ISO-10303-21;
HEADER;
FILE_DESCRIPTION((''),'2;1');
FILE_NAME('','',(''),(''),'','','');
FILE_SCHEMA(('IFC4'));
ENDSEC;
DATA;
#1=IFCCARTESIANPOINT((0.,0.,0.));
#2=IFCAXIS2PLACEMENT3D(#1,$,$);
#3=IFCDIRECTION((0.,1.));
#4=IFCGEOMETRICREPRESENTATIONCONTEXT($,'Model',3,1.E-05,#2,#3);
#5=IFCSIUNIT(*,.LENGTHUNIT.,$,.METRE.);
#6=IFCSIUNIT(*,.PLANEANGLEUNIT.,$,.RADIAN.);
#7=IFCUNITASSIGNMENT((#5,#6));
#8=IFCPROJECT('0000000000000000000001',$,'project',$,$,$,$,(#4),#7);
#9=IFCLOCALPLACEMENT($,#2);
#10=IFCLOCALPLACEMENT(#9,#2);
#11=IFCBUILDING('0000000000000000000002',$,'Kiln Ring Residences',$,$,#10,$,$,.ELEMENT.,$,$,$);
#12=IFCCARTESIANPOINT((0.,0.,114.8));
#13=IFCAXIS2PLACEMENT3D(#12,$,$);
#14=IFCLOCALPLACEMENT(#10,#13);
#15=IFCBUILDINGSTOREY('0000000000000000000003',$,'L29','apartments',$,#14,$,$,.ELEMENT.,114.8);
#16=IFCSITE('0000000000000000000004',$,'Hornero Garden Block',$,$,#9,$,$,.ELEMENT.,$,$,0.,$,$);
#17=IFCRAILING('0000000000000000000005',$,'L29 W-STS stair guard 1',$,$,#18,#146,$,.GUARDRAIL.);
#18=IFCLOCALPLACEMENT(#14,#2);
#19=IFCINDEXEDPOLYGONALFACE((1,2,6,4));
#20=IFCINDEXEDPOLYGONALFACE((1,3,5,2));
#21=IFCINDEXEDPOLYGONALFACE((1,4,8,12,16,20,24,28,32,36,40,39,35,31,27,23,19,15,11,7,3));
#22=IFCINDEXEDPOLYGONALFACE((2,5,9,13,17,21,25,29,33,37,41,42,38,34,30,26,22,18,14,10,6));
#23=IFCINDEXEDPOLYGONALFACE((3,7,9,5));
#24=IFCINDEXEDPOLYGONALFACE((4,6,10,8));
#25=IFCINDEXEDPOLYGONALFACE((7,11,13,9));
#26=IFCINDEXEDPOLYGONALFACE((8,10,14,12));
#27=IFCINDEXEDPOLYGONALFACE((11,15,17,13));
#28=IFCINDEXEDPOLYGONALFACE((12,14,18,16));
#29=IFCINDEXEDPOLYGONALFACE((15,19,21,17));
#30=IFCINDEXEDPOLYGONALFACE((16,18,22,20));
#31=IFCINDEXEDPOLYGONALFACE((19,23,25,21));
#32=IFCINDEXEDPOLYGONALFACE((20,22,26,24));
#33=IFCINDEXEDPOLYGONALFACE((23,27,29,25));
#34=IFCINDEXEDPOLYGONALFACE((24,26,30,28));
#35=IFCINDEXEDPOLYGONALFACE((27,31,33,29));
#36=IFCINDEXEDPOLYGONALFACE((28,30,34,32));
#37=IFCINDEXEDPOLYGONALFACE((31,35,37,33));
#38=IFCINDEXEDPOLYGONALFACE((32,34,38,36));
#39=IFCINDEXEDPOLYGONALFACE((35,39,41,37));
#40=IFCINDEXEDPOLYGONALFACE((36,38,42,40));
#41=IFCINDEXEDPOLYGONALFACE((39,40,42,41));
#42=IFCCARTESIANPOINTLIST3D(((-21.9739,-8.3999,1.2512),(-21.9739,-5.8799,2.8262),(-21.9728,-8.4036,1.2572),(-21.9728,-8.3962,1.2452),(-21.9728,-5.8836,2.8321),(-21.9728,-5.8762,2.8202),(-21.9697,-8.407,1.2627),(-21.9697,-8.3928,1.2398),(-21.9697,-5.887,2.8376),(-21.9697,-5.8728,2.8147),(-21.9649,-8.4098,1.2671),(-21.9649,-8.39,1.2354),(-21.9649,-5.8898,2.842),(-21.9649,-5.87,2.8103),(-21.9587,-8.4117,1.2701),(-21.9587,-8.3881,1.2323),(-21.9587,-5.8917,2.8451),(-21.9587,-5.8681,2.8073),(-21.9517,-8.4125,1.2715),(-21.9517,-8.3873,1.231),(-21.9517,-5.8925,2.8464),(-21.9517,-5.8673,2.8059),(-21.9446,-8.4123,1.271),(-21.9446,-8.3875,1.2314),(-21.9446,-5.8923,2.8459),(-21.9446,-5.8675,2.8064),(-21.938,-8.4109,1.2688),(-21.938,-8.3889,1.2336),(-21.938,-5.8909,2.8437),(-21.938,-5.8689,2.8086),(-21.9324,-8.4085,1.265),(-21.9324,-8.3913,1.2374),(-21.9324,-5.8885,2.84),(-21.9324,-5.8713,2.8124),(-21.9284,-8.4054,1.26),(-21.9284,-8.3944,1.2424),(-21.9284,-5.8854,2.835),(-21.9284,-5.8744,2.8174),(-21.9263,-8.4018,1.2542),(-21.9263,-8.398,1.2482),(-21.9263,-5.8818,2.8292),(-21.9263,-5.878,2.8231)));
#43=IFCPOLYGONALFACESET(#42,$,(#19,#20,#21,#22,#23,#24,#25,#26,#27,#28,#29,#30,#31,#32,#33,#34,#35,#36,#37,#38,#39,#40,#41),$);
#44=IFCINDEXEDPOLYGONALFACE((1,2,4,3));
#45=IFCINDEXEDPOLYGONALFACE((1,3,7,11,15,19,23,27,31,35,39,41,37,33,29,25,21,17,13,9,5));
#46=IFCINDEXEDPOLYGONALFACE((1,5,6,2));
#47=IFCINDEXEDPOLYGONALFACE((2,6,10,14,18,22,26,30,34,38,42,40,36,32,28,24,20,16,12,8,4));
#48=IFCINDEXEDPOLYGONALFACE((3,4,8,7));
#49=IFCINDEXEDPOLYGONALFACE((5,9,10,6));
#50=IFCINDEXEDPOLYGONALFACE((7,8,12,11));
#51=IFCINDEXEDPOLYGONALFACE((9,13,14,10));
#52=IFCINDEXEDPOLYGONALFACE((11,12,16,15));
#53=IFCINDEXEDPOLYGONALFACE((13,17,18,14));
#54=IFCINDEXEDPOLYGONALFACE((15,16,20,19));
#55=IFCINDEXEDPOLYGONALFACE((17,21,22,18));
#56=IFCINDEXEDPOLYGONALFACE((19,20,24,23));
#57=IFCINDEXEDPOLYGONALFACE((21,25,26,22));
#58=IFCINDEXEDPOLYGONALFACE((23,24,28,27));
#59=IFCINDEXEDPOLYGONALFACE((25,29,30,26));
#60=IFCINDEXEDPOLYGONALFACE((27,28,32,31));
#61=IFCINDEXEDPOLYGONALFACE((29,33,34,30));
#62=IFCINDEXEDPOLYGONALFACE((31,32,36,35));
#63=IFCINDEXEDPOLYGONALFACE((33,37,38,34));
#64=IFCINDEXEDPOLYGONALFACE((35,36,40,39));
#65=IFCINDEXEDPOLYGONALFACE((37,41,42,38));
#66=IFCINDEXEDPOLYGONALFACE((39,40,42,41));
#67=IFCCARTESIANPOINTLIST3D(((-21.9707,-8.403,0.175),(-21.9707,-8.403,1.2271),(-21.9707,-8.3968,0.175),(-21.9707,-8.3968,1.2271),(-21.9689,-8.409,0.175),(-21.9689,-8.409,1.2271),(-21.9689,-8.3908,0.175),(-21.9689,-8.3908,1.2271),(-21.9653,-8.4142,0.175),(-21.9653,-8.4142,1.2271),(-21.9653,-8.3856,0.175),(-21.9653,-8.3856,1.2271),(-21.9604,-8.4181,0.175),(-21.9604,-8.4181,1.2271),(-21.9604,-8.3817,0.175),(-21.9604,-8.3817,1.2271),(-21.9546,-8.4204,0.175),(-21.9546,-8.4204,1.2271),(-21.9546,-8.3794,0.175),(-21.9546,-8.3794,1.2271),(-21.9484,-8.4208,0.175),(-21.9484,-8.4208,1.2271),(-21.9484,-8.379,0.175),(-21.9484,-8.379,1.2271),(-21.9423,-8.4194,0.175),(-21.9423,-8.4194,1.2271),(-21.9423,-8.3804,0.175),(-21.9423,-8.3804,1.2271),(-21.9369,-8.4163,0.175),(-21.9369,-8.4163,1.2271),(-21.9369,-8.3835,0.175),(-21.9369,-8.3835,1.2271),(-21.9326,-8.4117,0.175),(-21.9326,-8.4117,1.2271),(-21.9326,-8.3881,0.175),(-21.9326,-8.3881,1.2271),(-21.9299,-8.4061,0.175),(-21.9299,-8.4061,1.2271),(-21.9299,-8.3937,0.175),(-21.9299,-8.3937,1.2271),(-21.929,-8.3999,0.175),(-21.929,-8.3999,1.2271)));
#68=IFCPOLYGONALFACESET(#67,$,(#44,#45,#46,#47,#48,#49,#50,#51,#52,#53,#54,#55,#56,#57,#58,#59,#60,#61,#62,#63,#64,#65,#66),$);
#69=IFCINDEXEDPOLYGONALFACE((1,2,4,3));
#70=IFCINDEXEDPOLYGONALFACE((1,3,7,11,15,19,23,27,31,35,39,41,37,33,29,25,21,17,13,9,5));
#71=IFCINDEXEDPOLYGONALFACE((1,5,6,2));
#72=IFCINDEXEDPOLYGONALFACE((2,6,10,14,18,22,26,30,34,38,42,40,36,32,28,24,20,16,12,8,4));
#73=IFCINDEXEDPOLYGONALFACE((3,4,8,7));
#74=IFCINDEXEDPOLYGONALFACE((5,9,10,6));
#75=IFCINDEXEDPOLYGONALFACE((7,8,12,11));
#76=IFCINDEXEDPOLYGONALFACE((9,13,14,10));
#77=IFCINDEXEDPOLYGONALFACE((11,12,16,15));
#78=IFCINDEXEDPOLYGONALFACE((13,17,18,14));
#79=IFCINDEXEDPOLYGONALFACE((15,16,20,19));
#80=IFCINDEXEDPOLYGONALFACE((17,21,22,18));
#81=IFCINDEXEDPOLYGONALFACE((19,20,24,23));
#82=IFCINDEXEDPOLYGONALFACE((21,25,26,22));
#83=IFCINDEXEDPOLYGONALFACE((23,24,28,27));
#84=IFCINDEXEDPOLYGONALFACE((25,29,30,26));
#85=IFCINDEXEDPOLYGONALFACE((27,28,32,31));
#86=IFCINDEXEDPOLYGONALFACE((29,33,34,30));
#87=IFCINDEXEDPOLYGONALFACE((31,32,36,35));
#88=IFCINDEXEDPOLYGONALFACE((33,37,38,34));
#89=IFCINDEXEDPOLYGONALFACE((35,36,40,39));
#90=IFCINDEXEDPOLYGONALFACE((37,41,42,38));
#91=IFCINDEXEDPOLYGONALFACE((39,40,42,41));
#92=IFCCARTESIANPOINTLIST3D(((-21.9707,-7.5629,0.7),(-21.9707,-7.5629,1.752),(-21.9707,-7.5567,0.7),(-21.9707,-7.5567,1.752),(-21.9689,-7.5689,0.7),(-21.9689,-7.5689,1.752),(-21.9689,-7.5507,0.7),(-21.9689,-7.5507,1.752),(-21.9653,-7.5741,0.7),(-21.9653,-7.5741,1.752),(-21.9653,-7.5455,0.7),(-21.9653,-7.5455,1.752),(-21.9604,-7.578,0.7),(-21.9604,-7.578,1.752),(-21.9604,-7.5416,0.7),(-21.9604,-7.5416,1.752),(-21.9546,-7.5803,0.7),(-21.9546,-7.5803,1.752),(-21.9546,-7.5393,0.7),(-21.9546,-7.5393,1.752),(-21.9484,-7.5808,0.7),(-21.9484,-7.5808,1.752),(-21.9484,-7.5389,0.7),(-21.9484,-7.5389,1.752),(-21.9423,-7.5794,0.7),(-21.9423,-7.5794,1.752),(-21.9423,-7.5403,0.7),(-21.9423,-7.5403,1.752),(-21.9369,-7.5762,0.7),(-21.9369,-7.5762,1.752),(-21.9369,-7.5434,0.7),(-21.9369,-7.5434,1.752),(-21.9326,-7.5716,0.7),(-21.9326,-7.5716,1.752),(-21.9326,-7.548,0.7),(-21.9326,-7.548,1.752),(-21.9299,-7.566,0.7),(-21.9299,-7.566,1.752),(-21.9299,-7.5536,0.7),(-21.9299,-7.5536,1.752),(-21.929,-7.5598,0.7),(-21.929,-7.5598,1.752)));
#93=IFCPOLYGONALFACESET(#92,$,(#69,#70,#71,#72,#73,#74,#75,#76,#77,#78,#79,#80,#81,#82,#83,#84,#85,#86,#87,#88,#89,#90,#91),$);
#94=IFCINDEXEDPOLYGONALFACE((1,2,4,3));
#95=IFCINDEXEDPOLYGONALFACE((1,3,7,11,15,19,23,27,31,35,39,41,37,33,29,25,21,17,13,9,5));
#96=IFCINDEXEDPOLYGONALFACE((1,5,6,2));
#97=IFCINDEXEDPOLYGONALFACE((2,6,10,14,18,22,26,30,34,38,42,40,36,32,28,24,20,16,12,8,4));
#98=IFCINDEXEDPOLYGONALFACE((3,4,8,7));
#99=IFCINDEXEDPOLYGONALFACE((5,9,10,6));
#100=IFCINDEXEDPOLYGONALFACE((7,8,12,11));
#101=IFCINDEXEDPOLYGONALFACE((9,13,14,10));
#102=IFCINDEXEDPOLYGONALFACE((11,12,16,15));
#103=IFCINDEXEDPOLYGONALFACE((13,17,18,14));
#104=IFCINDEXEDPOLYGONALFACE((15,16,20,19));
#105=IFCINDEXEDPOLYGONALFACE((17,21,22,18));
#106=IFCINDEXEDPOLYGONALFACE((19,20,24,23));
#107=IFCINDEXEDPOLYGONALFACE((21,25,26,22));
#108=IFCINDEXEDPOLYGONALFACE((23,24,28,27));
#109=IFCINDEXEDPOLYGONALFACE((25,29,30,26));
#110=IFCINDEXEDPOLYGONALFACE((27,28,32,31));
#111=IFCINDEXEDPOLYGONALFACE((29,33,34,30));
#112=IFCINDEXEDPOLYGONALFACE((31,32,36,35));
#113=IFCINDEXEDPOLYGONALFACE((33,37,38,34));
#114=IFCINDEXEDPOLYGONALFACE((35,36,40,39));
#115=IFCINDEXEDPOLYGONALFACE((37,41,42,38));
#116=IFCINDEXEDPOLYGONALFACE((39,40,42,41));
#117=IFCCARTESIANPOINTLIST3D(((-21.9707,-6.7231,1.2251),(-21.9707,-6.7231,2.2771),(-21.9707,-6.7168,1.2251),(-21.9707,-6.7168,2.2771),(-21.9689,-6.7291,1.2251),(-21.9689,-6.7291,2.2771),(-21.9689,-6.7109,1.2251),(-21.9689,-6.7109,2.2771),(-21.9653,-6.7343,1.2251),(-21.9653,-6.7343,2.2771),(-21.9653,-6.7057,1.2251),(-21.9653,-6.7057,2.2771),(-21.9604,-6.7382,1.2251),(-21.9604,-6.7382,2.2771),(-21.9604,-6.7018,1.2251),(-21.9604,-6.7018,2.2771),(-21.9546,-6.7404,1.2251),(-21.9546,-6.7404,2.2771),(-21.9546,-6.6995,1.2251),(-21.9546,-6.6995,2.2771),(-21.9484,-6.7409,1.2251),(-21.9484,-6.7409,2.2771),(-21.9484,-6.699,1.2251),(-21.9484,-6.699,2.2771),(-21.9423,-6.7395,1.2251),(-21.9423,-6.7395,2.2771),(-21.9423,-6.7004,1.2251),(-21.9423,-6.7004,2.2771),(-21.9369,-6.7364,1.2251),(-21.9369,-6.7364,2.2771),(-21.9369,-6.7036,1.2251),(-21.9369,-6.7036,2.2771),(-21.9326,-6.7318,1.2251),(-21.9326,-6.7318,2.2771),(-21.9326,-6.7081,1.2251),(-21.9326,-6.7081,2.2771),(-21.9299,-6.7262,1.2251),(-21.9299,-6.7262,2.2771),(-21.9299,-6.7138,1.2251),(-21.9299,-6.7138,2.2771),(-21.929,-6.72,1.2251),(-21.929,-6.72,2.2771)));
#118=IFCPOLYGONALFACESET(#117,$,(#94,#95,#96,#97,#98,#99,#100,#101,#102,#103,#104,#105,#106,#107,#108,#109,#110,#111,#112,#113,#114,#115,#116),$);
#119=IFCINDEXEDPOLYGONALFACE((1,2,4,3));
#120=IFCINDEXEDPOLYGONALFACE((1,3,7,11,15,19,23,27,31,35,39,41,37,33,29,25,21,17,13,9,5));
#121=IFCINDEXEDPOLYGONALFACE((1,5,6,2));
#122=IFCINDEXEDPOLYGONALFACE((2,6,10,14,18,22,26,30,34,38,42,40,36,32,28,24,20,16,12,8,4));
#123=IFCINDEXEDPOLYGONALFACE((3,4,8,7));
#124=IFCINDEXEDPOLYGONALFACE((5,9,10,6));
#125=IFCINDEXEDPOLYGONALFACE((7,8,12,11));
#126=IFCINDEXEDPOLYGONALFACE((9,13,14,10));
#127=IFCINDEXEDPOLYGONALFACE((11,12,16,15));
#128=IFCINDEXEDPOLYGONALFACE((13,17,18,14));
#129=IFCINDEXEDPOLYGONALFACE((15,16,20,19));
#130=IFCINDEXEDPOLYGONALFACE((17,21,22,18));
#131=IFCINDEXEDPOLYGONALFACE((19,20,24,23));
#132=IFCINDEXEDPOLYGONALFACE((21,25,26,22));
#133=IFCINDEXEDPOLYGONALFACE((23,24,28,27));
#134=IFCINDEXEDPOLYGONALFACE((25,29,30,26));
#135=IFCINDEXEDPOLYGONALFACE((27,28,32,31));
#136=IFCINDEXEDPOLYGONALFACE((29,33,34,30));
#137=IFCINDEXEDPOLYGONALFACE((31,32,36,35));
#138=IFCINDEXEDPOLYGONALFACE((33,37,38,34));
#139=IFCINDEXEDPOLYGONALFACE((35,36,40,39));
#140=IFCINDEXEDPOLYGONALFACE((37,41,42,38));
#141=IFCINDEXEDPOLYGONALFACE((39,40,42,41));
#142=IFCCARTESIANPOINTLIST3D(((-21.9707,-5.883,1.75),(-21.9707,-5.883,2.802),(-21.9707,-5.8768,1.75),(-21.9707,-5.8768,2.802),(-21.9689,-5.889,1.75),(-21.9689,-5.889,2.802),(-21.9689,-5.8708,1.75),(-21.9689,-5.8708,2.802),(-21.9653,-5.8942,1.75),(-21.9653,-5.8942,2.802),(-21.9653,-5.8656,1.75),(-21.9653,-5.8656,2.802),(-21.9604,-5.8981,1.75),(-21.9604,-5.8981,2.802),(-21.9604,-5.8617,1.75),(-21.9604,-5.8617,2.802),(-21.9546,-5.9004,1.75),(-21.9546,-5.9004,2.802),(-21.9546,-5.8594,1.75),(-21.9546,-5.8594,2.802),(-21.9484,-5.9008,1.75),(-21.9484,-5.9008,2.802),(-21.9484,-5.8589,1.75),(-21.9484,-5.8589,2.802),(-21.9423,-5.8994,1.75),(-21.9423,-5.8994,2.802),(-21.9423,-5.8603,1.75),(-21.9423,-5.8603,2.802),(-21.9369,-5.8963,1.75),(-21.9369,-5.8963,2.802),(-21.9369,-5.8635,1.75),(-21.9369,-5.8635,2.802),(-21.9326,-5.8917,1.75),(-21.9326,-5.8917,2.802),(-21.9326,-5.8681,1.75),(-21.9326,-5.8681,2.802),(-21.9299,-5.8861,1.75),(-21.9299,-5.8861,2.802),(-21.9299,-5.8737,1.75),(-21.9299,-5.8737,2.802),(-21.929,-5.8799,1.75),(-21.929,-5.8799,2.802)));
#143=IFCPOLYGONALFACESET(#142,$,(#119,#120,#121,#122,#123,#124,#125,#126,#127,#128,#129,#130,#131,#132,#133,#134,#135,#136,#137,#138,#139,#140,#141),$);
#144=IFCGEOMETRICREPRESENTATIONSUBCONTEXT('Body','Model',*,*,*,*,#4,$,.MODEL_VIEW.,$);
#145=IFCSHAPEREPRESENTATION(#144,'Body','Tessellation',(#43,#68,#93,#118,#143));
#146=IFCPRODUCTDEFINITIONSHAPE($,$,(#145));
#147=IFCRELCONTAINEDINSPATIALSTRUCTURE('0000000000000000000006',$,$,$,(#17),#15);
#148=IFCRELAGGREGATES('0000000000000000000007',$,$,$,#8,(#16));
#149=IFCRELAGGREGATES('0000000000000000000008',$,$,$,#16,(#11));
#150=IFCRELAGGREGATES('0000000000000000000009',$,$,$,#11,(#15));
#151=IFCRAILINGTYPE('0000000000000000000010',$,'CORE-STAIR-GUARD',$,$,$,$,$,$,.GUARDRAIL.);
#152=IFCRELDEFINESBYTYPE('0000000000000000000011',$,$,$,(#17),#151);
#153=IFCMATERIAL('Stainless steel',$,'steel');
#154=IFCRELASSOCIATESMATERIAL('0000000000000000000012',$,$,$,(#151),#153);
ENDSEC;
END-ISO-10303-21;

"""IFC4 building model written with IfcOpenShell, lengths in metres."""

from ifc_helpers import new_model, si_unit, direction, frame, origin, origin_2d, place, context, subcontext, project, spatial, circle, extrude, material, type_object, element, save


model = new_model("IFC4")

# Units and contexts
model_context = context("Model", 3, precision=1e-05, world=origin(), true_north=direction((0.0, 1.0)))
body_context = subcontext(model_context, "Body", "Model", "MODEL_VIEW")
ifc_project = project(units=[si_unit("LENGTHUNIT", "METRE"), si_unit("PLANEANGLEUNIT", "RADIAN")], contexts=[model_context])

# Site, building, storey
site_placement = place(None, origin())
site = spatial("IfcSite", under=ifc_project, at=site_placement, Name="Hornero Garden Block", CompositionType="ELEMENT", RefElevation=0.0)
building_placement = place(site_placement, origin())
building = spatial("IfcBuilding", under=site, at=building_placement, Name="Kiln Ring Residences", CompositionType="ELEMENT")
storey_placement = place(building_placement, frame((0.0, 0.0, 114.8)))
storey = spatial("IfcBuildingStorey", under=building, at=storey_placement, Name="L29", Description="apartments", CompositionType="ELEMENT", Elevation=114.8)

# Railing
ifc_material_1 = material(Name="Stainless steel", Category="steel")
railing_type_1 = type_object("IfcRailingType", Name="CORE-STAIR-GUARD", PredefinedType="GUARDRAIL", material=ifc_material_1)
railing_1_placement = place(storey_placement, frame((-21.95, -8.3999, 0.175)))
element("IfcRailing", 1, at=railing_1_placement, inside=storey, type_object=railing_type_1, Name="L29 W-STS stair guard 1", PredefinedType="GUARDRAIL", context=body_context, shape_type="SweptSolid", body=[
    extrude(circle(Radius=0.0239, at=origin_2d()), frame((0.0, 0.0, 1.0762), z_axis=(0.0, 0.848008, 0.529984), x_axis=(-1.0, 0.0, 0.0)), (0.0, 0.0, 1.0), 2.9717),
    extrude(circle(Radius=0.021, at=origin_2d()), origin(), (0.0, 0.0, 1.0), 1.052),
    extrude(circle(Radius=0.021, at=origin_2d()), frame((0.0, 0.8401, 0.5249)), (0.0, 0.0, 1.0), 1.052),
    extrude(circle(Radius=0.021, at=origin_2d()), frame((0.0, 1.6799, 1.05)), (0.0, 0.0, 1.0), 1.052),
    extrude(circle(Radius=0.021, at=origin_2d()), frame((0.0, 2.52, 1.575)), (0.0, 0.0, 1.0), 1.052),
])

save(model, "model.ifc")
